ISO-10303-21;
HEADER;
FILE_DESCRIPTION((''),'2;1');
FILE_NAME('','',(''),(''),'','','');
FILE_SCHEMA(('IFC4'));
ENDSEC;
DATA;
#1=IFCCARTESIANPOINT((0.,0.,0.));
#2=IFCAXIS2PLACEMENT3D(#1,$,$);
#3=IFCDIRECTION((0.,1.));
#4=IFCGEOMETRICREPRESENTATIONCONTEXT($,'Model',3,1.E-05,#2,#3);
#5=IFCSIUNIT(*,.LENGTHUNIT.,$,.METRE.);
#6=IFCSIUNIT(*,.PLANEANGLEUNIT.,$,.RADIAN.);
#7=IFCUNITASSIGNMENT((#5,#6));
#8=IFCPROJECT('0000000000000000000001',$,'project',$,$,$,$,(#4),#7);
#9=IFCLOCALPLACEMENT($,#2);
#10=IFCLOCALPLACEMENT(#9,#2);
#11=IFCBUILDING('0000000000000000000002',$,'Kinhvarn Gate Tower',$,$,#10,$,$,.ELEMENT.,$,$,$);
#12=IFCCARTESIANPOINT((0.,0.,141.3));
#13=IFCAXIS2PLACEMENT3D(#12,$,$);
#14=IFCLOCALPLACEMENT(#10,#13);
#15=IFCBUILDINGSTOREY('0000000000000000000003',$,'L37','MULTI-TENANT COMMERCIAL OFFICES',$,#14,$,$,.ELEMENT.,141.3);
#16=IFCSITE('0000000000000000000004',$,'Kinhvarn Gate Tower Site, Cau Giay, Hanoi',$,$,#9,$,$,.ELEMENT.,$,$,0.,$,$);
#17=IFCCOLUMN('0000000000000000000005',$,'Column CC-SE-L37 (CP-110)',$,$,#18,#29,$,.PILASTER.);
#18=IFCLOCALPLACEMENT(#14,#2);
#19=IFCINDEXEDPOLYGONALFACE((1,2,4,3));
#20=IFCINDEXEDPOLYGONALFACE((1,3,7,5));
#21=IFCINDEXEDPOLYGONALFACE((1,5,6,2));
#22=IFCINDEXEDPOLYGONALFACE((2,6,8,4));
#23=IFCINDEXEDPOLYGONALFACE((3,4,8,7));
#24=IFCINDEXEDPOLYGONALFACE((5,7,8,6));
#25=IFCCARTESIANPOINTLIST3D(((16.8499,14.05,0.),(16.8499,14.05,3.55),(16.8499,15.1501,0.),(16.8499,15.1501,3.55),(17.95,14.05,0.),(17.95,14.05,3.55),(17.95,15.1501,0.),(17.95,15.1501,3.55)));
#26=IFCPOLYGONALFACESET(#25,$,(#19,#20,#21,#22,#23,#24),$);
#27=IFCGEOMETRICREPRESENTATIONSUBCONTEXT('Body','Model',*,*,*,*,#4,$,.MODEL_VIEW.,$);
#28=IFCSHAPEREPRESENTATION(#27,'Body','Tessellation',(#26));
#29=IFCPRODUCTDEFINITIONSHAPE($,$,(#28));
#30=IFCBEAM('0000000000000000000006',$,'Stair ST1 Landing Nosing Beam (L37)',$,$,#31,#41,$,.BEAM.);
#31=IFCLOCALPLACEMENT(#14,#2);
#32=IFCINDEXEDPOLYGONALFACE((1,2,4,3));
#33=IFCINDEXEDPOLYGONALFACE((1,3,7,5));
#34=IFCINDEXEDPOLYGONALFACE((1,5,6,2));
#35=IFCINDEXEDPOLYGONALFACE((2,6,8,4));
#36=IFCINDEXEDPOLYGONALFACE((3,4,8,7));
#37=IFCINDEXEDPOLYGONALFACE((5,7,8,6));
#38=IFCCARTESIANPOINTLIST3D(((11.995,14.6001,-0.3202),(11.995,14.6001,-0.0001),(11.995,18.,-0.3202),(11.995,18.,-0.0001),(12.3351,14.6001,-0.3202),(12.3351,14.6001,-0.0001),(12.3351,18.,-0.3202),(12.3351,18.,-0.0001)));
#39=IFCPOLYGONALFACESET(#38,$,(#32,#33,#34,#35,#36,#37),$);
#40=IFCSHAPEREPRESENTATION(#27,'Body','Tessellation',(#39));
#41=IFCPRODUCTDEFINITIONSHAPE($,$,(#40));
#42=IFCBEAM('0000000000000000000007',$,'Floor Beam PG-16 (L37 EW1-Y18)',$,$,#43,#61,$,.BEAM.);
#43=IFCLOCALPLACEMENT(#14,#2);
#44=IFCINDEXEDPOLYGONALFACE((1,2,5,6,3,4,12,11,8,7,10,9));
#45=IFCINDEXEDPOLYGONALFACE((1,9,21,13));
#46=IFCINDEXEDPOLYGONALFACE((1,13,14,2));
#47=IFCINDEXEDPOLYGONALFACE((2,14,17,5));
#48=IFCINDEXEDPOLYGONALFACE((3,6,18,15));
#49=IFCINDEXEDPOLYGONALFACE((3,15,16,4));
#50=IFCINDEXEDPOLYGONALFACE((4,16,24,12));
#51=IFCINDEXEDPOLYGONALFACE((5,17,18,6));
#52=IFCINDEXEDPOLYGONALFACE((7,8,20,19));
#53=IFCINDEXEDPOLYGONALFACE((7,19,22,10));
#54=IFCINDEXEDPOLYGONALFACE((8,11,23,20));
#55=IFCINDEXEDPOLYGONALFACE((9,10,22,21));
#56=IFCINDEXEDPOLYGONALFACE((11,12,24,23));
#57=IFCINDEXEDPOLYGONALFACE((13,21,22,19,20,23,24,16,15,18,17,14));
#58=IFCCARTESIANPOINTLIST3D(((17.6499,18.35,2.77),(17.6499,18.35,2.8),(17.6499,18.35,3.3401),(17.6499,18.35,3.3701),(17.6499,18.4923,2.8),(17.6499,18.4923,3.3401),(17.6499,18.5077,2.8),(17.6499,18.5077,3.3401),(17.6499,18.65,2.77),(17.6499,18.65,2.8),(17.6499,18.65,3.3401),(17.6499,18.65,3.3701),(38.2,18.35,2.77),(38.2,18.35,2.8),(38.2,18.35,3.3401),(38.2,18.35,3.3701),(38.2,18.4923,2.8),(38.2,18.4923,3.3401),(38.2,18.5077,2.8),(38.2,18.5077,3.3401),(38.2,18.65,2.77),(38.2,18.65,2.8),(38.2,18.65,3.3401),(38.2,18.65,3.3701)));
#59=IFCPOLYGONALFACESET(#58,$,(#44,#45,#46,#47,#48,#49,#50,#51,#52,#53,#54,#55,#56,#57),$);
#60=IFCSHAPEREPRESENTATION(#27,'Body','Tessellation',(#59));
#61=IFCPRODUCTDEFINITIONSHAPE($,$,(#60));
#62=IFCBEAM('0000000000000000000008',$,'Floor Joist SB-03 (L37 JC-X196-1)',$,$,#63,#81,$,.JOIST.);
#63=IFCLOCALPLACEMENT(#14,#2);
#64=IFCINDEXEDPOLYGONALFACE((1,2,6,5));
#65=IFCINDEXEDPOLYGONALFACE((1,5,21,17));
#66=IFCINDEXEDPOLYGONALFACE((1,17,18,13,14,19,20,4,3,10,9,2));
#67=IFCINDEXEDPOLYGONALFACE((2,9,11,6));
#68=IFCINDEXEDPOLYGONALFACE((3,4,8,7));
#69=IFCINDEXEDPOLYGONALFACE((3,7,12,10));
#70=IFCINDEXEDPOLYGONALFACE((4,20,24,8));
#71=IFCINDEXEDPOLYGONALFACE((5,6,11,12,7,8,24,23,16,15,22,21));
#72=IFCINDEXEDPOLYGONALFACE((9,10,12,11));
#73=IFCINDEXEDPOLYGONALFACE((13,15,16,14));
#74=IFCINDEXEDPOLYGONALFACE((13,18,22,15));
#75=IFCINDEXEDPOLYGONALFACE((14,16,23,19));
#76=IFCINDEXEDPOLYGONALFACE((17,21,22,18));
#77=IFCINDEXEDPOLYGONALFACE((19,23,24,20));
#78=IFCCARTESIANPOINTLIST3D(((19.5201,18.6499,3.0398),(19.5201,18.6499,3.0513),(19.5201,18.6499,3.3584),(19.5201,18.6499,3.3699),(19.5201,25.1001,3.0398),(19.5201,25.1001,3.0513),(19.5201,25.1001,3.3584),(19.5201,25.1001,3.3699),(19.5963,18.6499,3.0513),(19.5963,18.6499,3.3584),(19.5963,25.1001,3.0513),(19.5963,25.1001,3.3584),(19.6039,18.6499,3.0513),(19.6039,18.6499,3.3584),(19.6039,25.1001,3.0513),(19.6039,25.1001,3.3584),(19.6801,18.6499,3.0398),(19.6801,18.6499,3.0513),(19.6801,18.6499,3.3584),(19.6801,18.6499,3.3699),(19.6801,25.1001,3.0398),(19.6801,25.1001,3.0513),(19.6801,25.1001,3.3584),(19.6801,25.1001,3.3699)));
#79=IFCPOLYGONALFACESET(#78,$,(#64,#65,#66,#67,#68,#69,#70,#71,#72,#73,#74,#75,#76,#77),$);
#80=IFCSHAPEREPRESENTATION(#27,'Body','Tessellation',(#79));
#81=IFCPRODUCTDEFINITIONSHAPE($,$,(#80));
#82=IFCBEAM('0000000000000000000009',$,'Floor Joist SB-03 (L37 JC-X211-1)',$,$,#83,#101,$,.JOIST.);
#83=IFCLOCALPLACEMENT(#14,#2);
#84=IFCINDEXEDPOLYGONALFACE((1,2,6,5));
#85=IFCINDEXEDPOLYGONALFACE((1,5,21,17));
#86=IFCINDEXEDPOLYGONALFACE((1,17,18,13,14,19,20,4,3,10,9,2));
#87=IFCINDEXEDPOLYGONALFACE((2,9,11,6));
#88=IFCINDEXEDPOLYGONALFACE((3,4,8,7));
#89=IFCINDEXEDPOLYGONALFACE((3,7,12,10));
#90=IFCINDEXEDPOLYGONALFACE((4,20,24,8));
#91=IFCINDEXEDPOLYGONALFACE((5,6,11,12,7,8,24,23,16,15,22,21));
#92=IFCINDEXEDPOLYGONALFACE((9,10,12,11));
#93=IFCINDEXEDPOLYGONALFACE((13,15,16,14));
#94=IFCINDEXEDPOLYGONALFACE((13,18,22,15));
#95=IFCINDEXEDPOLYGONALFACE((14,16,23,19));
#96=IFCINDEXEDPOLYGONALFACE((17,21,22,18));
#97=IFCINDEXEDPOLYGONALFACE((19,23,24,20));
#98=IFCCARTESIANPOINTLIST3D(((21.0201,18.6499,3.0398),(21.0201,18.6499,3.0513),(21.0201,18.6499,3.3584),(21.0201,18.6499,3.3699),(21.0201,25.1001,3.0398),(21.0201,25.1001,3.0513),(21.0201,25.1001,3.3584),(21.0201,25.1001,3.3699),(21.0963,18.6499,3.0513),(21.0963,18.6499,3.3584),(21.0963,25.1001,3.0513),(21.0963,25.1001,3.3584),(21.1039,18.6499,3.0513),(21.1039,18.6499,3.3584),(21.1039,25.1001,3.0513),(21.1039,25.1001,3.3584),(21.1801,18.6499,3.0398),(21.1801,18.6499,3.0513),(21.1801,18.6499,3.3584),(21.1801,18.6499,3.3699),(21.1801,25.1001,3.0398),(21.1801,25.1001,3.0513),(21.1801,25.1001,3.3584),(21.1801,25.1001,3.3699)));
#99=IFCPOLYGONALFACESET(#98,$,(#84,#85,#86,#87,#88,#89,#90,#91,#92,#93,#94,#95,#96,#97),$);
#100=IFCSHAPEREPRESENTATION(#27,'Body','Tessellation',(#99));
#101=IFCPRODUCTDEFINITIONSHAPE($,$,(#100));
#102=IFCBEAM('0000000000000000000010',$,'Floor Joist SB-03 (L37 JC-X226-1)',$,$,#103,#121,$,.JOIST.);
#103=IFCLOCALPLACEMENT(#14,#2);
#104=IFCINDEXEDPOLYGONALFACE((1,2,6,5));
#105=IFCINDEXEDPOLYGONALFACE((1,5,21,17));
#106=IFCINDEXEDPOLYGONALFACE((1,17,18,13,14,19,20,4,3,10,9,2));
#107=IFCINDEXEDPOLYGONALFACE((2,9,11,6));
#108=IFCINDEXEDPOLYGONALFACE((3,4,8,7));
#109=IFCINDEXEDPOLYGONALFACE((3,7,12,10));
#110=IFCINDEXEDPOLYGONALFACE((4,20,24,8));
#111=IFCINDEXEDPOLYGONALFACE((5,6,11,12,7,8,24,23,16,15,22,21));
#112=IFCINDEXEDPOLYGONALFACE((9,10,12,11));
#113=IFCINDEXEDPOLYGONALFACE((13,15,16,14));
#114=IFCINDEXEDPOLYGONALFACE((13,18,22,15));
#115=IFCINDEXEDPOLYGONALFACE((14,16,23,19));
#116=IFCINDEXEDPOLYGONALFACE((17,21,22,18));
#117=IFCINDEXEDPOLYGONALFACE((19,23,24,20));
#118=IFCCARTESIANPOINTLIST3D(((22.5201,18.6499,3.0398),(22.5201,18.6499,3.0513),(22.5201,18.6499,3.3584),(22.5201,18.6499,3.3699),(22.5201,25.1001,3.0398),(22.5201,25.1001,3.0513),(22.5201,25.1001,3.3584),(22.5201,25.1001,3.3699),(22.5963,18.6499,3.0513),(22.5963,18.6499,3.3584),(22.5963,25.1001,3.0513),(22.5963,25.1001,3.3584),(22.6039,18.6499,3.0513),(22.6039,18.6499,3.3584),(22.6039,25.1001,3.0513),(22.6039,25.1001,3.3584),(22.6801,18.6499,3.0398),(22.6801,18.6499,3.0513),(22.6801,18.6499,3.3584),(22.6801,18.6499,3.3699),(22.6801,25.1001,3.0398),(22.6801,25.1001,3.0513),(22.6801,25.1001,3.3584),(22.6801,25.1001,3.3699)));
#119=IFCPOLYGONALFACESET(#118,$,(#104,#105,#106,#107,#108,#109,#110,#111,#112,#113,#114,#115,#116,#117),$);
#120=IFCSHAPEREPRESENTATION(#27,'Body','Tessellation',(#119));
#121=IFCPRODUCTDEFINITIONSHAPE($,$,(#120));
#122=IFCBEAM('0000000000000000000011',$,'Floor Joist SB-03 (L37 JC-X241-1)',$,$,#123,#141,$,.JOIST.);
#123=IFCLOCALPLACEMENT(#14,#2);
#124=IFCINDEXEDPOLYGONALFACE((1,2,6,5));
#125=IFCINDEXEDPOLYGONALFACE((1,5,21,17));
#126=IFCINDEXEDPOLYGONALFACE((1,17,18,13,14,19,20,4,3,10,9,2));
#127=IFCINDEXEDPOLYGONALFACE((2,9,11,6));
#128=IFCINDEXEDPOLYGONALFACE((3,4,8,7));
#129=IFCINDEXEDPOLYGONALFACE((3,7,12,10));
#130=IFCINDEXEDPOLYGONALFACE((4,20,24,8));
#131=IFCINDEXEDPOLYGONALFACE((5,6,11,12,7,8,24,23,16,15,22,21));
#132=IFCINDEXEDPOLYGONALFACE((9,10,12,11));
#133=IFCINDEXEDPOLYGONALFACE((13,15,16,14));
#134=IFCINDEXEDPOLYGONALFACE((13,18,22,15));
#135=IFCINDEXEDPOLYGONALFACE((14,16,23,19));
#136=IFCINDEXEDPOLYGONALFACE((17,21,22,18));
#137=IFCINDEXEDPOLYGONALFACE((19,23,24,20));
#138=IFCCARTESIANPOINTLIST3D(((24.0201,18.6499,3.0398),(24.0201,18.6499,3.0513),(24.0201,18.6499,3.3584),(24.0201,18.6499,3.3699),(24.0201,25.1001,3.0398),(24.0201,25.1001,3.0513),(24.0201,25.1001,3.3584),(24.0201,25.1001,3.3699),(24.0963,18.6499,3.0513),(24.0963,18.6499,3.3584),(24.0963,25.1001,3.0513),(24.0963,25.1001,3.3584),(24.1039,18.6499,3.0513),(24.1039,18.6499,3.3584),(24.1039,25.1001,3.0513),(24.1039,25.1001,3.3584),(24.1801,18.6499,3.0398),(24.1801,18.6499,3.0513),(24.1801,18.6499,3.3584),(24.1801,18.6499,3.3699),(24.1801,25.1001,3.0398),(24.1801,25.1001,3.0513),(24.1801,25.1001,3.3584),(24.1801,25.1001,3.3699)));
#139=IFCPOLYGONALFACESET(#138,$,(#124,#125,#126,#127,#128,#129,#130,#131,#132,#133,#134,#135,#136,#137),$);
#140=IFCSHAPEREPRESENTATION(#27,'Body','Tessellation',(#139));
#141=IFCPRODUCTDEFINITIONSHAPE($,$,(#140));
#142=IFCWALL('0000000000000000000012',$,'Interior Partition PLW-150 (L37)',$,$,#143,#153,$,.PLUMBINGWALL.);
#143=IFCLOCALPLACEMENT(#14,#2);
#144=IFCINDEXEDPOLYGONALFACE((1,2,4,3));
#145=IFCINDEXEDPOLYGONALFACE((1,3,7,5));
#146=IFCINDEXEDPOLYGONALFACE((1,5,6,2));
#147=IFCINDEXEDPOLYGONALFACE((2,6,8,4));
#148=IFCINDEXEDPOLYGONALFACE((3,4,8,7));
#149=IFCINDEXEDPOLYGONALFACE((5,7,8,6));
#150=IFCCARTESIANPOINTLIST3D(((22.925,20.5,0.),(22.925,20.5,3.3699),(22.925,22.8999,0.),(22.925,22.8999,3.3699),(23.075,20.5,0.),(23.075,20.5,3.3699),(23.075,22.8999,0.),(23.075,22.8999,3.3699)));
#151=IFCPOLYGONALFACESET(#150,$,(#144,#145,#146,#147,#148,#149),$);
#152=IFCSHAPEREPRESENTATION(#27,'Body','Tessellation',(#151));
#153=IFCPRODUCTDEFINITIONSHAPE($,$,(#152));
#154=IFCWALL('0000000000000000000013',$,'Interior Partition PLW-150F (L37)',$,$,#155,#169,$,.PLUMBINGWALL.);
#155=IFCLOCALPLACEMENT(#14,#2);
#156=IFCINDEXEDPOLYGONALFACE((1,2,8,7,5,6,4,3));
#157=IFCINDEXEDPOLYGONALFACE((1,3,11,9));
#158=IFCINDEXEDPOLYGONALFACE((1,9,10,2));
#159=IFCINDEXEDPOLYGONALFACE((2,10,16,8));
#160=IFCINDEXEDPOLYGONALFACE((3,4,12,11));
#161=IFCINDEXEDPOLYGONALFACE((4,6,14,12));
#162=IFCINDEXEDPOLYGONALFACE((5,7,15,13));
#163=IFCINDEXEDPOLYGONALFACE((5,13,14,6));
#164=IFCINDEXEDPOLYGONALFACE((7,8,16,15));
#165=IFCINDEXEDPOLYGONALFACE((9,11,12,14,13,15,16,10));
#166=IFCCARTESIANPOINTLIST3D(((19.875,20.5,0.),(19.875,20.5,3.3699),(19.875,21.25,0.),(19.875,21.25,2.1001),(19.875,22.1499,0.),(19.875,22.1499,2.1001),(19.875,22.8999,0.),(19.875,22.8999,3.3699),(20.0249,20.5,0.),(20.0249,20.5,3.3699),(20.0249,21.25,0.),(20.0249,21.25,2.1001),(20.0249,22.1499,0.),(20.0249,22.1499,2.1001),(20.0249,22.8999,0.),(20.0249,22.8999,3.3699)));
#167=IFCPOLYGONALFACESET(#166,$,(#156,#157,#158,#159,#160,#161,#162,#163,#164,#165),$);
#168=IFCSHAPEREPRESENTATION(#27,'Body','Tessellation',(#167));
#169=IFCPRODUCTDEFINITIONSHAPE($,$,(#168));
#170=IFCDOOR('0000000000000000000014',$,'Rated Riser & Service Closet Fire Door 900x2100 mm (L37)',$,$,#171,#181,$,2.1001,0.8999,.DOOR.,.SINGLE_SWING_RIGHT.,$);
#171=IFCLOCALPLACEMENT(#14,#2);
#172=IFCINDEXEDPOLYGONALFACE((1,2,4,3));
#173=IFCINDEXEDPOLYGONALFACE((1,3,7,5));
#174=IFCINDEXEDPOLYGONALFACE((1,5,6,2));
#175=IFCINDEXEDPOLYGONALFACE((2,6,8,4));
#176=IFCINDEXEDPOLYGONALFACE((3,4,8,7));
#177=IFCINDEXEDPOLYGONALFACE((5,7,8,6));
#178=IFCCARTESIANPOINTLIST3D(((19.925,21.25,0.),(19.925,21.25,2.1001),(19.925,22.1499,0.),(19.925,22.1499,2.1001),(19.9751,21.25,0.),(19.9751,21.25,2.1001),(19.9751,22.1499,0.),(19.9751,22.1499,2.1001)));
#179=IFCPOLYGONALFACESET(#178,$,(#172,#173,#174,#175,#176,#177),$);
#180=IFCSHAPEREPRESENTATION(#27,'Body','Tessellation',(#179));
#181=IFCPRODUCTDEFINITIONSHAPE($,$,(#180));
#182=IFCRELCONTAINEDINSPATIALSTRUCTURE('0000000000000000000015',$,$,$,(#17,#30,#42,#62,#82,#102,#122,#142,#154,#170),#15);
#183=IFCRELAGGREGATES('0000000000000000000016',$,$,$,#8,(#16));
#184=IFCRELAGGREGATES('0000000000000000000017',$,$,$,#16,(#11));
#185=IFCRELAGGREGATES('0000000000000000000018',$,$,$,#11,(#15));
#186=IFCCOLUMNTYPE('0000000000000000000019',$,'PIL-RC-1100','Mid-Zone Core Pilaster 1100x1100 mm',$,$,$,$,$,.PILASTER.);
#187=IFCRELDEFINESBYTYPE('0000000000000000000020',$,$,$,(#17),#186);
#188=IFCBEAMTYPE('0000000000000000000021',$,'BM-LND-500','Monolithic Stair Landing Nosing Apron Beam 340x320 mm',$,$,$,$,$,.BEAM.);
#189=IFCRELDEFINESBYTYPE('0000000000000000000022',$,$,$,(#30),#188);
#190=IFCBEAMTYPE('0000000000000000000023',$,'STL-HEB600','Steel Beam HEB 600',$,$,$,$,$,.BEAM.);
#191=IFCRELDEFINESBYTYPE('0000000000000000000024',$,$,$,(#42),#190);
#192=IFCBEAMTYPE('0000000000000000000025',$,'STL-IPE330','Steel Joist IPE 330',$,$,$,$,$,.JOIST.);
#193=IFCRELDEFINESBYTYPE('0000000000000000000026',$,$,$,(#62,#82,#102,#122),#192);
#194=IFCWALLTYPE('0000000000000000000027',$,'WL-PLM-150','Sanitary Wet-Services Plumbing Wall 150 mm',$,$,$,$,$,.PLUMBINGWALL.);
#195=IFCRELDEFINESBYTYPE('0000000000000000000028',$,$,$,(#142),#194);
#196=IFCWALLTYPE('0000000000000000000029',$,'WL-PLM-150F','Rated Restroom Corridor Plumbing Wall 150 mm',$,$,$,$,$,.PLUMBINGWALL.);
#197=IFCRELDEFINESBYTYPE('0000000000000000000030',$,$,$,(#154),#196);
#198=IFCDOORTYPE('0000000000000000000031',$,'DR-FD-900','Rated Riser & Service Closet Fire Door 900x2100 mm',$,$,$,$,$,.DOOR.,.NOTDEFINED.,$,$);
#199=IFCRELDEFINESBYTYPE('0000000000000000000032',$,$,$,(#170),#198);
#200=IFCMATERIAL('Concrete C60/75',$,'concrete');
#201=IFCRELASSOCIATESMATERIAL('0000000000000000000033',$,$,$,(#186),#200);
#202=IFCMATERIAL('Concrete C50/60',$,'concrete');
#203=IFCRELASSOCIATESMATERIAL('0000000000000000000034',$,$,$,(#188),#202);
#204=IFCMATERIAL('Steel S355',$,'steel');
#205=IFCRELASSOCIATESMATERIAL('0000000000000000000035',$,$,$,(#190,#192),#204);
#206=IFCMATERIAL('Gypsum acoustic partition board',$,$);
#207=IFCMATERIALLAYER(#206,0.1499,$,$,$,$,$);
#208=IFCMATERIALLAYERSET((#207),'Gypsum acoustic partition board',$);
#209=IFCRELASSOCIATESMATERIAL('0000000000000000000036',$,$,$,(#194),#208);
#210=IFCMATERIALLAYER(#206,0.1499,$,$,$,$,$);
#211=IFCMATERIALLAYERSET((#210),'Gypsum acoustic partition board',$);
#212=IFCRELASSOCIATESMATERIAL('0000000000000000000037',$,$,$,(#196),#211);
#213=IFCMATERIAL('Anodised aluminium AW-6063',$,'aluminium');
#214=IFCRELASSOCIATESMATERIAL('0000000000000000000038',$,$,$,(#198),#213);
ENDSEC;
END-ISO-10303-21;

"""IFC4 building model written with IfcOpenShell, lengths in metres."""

from ifc_helpers import new_model, si_unit, direction, frame, frame_2d, origin, origin_2d, place, context, subcontext, project, spatial, rectangle, i_section, extrude, material, layer, layer_set, material_profile, profile_set, type_object, element, fill, save


model = new_model("IFC4")

# Units and contexts
model_context = context("Model", 3, precision=1e-05, world=origin(), true_north=direction((0.0, 1.0)))
body_context = subcontext(model_context, "Body", "Model", "MODEL_VIEW")
ifc_project = project(units=[si_unit("LENGTHUNIT", "METRE"), si_unit("PLANEANGLEUNIT", "RADIAN")], contexts=[model_context])

# Site, building, storey
site_placement = place(None, origin())
site = spatial("IfcSite", under=ifc_project, at=site_placement, Name="Kinhvarn Gate Tower Site, Cau Giay, Hanoi", CompositionType="ELEMENT", RefElevation=0.0)
building_placement = place(site_placement, origin())
building = spatial("IfcBuilding", under=site, at=building_placement, Name="Kinhvarn Gate Tower", CompositionType="ELEMENT")
storey_placement = place(building_placement, frame((0.0, 0.0, 141.3)))
storey = spatial("IfcBuildingStorey", under=building, at=storey_placement, Name="L37", Description="MULTI-TENANT COMMERCIAL OFFICES", CompositionType="ELEMENT", Elevation=141.3)

# Column
ifc_material_1 = material(Name="Concrete C60/75", Category="concrete")
ifc_material_profile_1 = material_profile(ifc_material_1, rectangle(XDim=1.1001, YDim=1.1001, at=origin_2d()), Name="RC 1100x1100")
ifc_profile_set_1 = profile_set([ifc_material_profile_1], Name="Concrete C60/75")
column_type = type_object("IfcColumnType", Name="PIL-RC-1100", Description="Mid-Zone Core Pilaster 1100x1100 mm", PredefinedType="PILASTER", material=ifc_profile_set_1)
column_placement = place(storey_placement, frame((17.3999, 14.6001, 0.0), z_axis=(0.0, 0.0, 1.0), x_axis=(1.0, 0.0, 0.0)))
element("IfcColumn", 1, at=column_placement, inside=storey, type_object=column_type, Name="Column CC-SE-L37 (CP-110)", PredefinedType="PILASTER", context=body_context, shape_type="SweptSolid", body=[
    extrude(rectangle(XDim=1.1001, YDim=1.1001, at=origin_2d()), origin(), (0.0, 0.0, 1.0), 3.55),
])

# Beams
ifc_material_2 = material(Name="Concrete C50/60", Category="concrete")
ifc_material_profile_2 = material_profile(ifc_material_2, rectangle(XDim=0.3401, YDim=0.3201, at=origin_2d()), Name="RC 340x320")
ifc_profile_set_2 = profile_set([ifc_material_profile_2], Name="Concrete C50/60")
beam_type_1 = type_object("IfcBeamType", Name="BM-LND-500", Description="Monolithic Stair Landing Nosing Apron Beam 340x320 mm", PredefinedType="BEAM", material=ifc_profile_set_2)
beam_1_placement = place(storey_placement, frame((12.165, 14.6001, -0.1602), z_axis=(0.0, 1.0, 0.0), x_axis=(-1.0, 0.0, 0.0)))
element("IfcBeam", 2, at=beam_1_placement, inside=storey, type_object=beam_type_1, Name="Stair ST1 Landing Nosing Beam (L37)", PredefinedType="BEAM", context=body_context, shape_type="SweptSolid", body=[
    extrude(rectangle(XDim=0.3401, YDim=0.3201, at=origin_2d()), origin(), (0.0, 0.0, 1.0), 3.3999),
])
ifc_material_3 = material(Name="Steel S355", Category="steel")
ifc_material_profile_3 = material_profile(ifc_material_3, i_section(OverallWidth=0.3, OverallDepth=0.6001, WebThickness=0.0154, FlangeThickness=0.03, at=origin_2d()), Name="HEB 600")
ifc_profile_set_3 = profile_set([ifc_material_profile_3], Name="Steel S355")
beam_type_2 = type_object("IfcBeamType", Name="STL-HEB600", Description="Steel Beam HEB 600", PredefinedType="BEAM", material=ifc_profile_set_3)
beam_2_placement = place(storey_placement, frame((17.6499, 18.5, 3.0701), z_axis=(1.0, 0.0, 0.0), x_axis=(0.0, 1.0, 0.0)))
element("IfcBeam", 3, at=beam_2_placement, inside=storey, type_object=beam_type_2, Name="Floor Beam PG-16 (L37 EW1-Y18)", PredefinedType="BEAM", context=body_context, shape_type="SweptSolid", body=[
    extrude(i_section(OverallWidth=0.3, OverallDepth=0.6001, WebThickness=0.0154, FlangeThickness=0.03, at=origin_2d()), origin(), (0.0, 0.0, 1.0), 20.55),
])
ifc_material_profile_4 = material_profile(ifc_material_3, i_section(OverallWidth=0.1599, OverallDepth=0.3301, WebThickness=0.0076, FlangeThickness=0.0115, at=origin_2d()), Name="IPE 330")
ifc_profile_set_4 = profile_set([ifc_material_profile_4], Name="Steel S355")
beam_type_3 = type_object("IfcBeamType", Name="STL-IPE330", Description="Steel Joist IPE 330", PredefinedType="JOIST", material=ifc_profile_set_4)
for number, where, z_axis, x_axis, name in (
    (4, (19.6001, 18.6499, 3.2048), (0.0, 1.0, 0.0), (-1.0, 0.0, 0.0), "Floor Joist SB-03 (L37 JC-X196-1)"),
    (5, (21.1001, 18.6499, 3.2048), (0.0, 1.0, 0.0), (-1.0, 0.0, 0.0), "Floor Joist SB-03 (L37 JC-X211-1)"),
    (6, (22.6001, 18.6499, 3.2048), (0.0, 1.0, 0.0), (-1.0, 0.0, 0.0), "Floor Joist SB-03 (L37 JC-X226-1)"),
    (7, (24.1001, 18.6499, 3.2048), (0.0, 1.0, 0.0), (-1.0, 0.0, 0.0), "Floor Joist SB-03 (L37 JC-X241-1)"),
):
    element("IfcBeam", number, at=place(storey_placement, frame(where, z_axis=z_axis, x_axis=x_axis)), inside=storey, type_object=beam_type_3, Name=name, PredefinedType="JOIST", context=body_context, shape_type="SweptSolid", body=[
        extrude(i_section(OverallWidth=0.1599, OverallDepth=0.3301, WebThickness=0.0076, FlangeThickness=0.0115, at=origin_2d()), origin(), (0.0, 0.0, 1.0), 6.4502),
    ])

# Shared definitions
ifc_material_4 = material(Name="Anodised aluminium AW-6063", Category="aluminium")

# Wall
ifc_material_5 = material(Name="Gypsum acoustic partition board")
ifc_layer_1 = layer(ifc_material_5, 0.1499)
ifc_layer_set_1 = layer_set([ifc_layer_1], Name="Gypsum acoustic partition board")
wall_type_1 = type_object("IfcWallType", Name="WL-PLM-150", Description="Sanitary Wet-Services Plumbing Wall 150 mm", PredefinedType="PLUMBINGWALL", material=ifc_layer_set_1)
wall_1_placement = place(storey_placement, frame((23.0, 20.5, 0.0), z_axis=(0.0, 0.0, 1.0), x_axis=(0.0, 1.0, 0.0)))
element("IfcWall", 8, at=wall_1_placement, inside=storey, type_object=wall_type_1, Name="Interior Partition PLW-150 (L37)", PredefinedType="PLUMBINGWALL", context=body_context, shape_type="SweptSolid", body=[
    extrude(rectangle(XDim=2.3999, YDim=0.1499, at=frame_2d((1.2, 0.0))), origin(), (0.0, 0.0, 1.0), 3.3699),
])

# Wall, opening, door
ifc_layer_2 = layer(ifc_material_5, 0.1499)
ifc_layer_set_2 = layer_set([ifc_layer_2], Name="Gypsum acoustic partition board")
wall_type_2 = type_object("IfcWallType", Name="WL-PLM-150F", Description="Rated Restroom Corridor Plumbing Wall 150 mm", PredefinedType="PLUMBINGWALL", material=ifc_layer_set_2)
wall_2_placement = place(storey_placement, frame((19.95, 20.5, 0.0), z_axis=(0.0, 0.0, 1.0), x_axis=(0.0, 1.0, 0.0)))
wall_2 = element("IfcWall", 9, at=wall_2_placement, inside=storey, type_object=wall_type_2, Name="Interior Partition PLW-150F (L37)", PredefinedType="PLUMBINGWALL", context=body_context, shape_type="SweptSolid", body=[
    extrude(rectangle(XDim=2.3999, YDim=0.1499, at=frame_2d((1.2, 0.0))), origin(), (0.0, 0.0, 1.0), 3.3699),
])
opening_1_placement = place(wall_2_placement, frame((0.75, 0.0, 0.0)))
opening_1 = element("IfcOpeningElement", 10, at=opening_1_placement, cuts=wall_2, PredefinedType="OPENING", context=body_context, shape_type="SweptSolid", body=[
    extrude(rectangle(XDim=0.8999, YDim=2.1001, at=frame_2d((0.45, 1.05))), frame((0.0, 0.085, 0.0), z_axis=(0.0, -1.0, 0.0), x_axis=(1.0, 0.0, 0.0)), (0.0, 0.0, 1.0), 0.1699),
])
door_type_1 = type_object("IfcDoorType", Name="DR-FD-900", Description="Rated Riser & Service Closet Fire Door 900x2100 mm", OperationType="NOTDEFINED", PredefinedType="DOOR", material=ifc_material_4)
door_1_placement = place(opening_1_placement, origin())
door_1 = element("IfcDoor", 11, at=door_1_placement, inside=storey, type_object=door_type_1, Name="Rated Riser & Service Closet Fire Door 900x2100 mm (L37)", OperationType="SINGLE_SWING_RIGHT", OverallHeight=2.1001, OverallWidth=0.8999, PredefinedType="DOOR", context=body_context, shape_type="SweptSolid", body=[
    extrude(rectangle(XDim=0.8999, YDim=2.1001, at=frame_2d((0.45, 1.05))), frame((0.0, 0.0249, 0.0), z_axis=(0.0, -1.0, 0.0), x_axis=(1.0, 0.0, 0.0)), (0.0, 0.0, 1.0), 0.05),
])
fill(opening_1, door_1)

save(model, "model.ifc")
